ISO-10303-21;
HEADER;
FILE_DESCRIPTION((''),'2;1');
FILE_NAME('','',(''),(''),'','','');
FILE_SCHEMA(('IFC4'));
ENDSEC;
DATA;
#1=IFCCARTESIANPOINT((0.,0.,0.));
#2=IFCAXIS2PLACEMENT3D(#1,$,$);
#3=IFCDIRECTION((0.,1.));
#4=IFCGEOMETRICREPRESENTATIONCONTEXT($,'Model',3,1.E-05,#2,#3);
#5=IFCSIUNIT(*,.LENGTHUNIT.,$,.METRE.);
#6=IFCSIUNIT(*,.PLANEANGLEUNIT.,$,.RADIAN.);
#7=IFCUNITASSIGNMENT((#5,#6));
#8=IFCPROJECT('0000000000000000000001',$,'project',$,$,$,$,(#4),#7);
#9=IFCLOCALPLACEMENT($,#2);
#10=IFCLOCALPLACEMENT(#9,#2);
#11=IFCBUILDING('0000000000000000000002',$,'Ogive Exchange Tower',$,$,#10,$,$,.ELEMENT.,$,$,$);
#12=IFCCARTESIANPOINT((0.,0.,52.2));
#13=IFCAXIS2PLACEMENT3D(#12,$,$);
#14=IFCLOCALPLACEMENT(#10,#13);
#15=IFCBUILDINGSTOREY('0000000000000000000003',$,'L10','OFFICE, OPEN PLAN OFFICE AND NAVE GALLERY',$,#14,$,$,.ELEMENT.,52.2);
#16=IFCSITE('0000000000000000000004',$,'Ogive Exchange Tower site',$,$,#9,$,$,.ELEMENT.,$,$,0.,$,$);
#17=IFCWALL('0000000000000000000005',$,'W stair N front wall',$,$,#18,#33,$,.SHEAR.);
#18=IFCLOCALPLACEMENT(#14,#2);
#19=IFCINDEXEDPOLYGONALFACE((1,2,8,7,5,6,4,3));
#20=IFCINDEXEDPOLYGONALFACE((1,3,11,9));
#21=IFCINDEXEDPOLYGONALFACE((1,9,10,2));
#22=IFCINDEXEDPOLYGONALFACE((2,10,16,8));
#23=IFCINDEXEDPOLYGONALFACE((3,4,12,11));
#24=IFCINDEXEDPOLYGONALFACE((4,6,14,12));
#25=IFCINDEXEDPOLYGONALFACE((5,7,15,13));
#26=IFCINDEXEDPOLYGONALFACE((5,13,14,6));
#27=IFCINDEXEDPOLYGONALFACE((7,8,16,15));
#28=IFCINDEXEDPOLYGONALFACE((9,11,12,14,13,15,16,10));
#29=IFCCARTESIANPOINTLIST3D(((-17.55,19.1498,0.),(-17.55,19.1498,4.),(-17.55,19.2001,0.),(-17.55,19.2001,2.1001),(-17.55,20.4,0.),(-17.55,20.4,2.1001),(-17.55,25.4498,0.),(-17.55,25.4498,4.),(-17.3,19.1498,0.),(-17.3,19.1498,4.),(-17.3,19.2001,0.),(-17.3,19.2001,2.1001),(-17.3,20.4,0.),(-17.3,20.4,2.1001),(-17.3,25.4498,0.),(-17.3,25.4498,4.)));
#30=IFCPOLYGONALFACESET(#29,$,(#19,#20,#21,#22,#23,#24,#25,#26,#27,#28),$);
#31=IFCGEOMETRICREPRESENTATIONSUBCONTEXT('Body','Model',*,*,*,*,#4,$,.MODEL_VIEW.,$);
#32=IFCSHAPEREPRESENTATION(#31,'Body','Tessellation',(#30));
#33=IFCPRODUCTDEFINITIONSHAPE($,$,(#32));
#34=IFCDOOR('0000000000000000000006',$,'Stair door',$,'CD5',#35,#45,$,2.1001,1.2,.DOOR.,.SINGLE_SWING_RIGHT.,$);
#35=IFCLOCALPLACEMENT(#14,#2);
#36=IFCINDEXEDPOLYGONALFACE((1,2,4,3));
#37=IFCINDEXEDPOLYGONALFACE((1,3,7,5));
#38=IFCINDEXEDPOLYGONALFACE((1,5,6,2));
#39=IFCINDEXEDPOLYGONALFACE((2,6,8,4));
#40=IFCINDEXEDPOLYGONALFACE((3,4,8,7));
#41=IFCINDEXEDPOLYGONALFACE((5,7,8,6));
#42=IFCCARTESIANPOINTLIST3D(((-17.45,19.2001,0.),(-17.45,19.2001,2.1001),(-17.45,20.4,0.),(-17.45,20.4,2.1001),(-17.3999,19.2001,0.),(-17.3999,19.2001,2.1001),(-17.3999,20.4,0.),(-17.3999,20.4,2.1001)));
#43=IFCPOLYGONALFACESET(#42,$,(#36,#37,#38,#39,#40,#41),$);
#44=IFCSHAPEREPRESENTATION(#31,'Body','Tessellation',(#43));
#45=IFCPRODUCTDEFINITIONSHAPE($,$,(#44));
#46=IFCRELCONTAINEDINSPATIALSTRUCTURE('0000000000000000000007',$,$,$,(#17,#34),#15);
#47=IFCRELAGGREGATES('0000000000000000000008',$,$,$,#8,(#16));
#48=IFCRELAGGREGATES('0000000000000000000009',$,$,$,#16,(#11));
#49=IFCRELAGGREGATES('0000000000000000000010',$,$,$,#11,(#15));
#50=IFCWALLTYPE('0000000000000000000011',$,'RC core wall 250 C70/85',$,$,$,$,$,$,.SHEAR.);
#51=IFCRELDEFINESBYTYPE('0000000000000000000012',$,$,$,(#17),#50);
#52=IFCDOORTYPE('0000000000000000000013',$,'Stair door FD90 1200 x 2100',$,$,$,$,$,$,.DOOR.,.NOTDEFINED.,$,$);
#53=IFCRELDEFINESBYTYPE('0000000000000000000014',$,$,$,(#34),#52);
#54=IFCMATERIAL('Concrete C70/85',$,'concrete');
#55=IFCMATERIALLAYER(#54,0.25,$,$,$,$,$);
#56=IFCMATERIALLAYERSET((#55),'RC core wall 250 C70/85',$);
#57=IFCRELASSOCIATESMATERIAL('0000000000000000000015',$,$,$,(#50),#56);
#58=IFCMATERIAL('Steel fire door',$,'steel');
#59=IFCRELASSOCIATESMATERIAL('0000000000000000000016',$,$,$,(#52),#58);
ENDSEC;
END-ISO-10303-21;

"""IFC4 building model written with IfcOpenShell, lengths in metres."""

from ifc_helpers import new_model, si_unit, direction, frame, frame_2d, origin, place, context, subcontext, project, spatial, rectangle, extrude, material, layer, layer_set, type_object, element, fill, save


model = new_model("IFC4")

# Units and contexts
model_context = context("Model", 3, precision=1e-05, world=origin(), true_north=direction((0.0, 1.0)))
body_context = subcontext(model_context, "Body", "Model", "MODEL_VIEW")
ifc_project = project(units=[si_unit("LENGTHUNIT", "METRE"), si_unit("PLANEANGLEUNIT", "RADIAN")], contexts=[model_context])

# Site, building, storey
site_placement = place(None, origin())
site = spatial("IfcSite", under=ifc_project, at=site_placement, Name="Ogive Exchange Tower site", CompositionType="ELEMENT", RefElevation=0.0)
building_placement = place(site_placement, origin())
building = spatial("IfcBuilding", under=site, at=building_placement, Name="Ogive Exchange Tower", CompositionType="ELEMENT")
storey_placement = place(building_placement, frame((0.0, 0.0, 52.2)))
storey = spatial("IfcBuildingStorey", under=building, at=storey_placement, Name="L10", Description="OFFICE, OPEN PLAN OFFICE AND NAVE GALLERY", CompositionType="ELEMENT", Elevation=52.2)

# Wall, opening, door
ifc_material_1 = material(Name="Concrete C70/85", Category="concrete")
ifc_material_2 = material(Name="Steel fire door", Category="steel")
ifc_layer_1 = layer(ifc_material_1, 0.25)
ifc_layer_set_1 = layer_set([ifc_layer_1], Name="RC core wall 250 C70/85")
wall_type_1 = type_object("IfcWallType", Name="RC core wall 250 C70/85", PredefinedType="SHEAR", material=ifc_layer_set_1)
wall_1_placement = place(storey_placement, frame((-17.425, 19.1499, 0.0), z_axis=(0.0, 0.0, 1.0), x_axis=(0.0, 1.0, 0.0)))
wall_1 = element("IfcWall", 1, at=wall_1_placement, inside=storey, type_object=wall_type_1, Name="W stair N front wall", PredefinedType="SHEAR", context=body_context, shape_type="SweptSolid", body=[
    extrude(rectangle(XDim=6.3, YDim=0.25, at=frame_2d((3.1499, 0.0))), origin(), (0.0, 0.0, 1.0), 4.0),
])
opening_1_placement = place(wall_1_placement, frame((0.05, 0.0, 0.0)))
opening_1 = element("IfcOpeningElement", 2, at=opening_1_placement, cuts=wall_1, PredefinedType="OPENING", context=body_context, shape_type="SweptSolid", body=[
    extrude(rectangle(XDim=1.2, YDim=2.1001, at=frame_2d((0.6001, 1.05))), frame((0.0, 0.135, 0.0), z_axis=(0.0, -1.0, 0.0), x_axis=(1.0, 0.0, 0.0)), (0.0, 0.0, 1.0), 0.27),
])
door_type_1 = type_object("IfcDoorType", Name="Stair door FD90 1200 x 2100", OperationType="NOTDEFINED", PredefinedType="DOOR", material=ifc_material_2)
door_1_placement = place(opening_1_placement, origin())
door_1 = element("IfcDoor", 3, at=door_1_placement, inside=storey, type_object=door_type_1, Name="Stair door", ObjectType="CD5", OperationType="SINGLE_SWING_RIGHT", OverallHeight=2.1001, OverallWidth=1.2, PredefinedType="DOOR", context=body_context, shape_type="SweptSolid", body=[
    extrude(rectangle(XDim=1.2, YDim=2.1001, at=frame_2d((0.6001, 1.05))), frame((0.0, 0.0249, 0.0), z_axis=(0.0, -1.0, 0.0), x_axis=(1.0, 0.0, 0.0)), (0.0, 0.0, 1.0), 0.05),
])
fill(opening_1, door_1)

save(model, "model.ifc")
